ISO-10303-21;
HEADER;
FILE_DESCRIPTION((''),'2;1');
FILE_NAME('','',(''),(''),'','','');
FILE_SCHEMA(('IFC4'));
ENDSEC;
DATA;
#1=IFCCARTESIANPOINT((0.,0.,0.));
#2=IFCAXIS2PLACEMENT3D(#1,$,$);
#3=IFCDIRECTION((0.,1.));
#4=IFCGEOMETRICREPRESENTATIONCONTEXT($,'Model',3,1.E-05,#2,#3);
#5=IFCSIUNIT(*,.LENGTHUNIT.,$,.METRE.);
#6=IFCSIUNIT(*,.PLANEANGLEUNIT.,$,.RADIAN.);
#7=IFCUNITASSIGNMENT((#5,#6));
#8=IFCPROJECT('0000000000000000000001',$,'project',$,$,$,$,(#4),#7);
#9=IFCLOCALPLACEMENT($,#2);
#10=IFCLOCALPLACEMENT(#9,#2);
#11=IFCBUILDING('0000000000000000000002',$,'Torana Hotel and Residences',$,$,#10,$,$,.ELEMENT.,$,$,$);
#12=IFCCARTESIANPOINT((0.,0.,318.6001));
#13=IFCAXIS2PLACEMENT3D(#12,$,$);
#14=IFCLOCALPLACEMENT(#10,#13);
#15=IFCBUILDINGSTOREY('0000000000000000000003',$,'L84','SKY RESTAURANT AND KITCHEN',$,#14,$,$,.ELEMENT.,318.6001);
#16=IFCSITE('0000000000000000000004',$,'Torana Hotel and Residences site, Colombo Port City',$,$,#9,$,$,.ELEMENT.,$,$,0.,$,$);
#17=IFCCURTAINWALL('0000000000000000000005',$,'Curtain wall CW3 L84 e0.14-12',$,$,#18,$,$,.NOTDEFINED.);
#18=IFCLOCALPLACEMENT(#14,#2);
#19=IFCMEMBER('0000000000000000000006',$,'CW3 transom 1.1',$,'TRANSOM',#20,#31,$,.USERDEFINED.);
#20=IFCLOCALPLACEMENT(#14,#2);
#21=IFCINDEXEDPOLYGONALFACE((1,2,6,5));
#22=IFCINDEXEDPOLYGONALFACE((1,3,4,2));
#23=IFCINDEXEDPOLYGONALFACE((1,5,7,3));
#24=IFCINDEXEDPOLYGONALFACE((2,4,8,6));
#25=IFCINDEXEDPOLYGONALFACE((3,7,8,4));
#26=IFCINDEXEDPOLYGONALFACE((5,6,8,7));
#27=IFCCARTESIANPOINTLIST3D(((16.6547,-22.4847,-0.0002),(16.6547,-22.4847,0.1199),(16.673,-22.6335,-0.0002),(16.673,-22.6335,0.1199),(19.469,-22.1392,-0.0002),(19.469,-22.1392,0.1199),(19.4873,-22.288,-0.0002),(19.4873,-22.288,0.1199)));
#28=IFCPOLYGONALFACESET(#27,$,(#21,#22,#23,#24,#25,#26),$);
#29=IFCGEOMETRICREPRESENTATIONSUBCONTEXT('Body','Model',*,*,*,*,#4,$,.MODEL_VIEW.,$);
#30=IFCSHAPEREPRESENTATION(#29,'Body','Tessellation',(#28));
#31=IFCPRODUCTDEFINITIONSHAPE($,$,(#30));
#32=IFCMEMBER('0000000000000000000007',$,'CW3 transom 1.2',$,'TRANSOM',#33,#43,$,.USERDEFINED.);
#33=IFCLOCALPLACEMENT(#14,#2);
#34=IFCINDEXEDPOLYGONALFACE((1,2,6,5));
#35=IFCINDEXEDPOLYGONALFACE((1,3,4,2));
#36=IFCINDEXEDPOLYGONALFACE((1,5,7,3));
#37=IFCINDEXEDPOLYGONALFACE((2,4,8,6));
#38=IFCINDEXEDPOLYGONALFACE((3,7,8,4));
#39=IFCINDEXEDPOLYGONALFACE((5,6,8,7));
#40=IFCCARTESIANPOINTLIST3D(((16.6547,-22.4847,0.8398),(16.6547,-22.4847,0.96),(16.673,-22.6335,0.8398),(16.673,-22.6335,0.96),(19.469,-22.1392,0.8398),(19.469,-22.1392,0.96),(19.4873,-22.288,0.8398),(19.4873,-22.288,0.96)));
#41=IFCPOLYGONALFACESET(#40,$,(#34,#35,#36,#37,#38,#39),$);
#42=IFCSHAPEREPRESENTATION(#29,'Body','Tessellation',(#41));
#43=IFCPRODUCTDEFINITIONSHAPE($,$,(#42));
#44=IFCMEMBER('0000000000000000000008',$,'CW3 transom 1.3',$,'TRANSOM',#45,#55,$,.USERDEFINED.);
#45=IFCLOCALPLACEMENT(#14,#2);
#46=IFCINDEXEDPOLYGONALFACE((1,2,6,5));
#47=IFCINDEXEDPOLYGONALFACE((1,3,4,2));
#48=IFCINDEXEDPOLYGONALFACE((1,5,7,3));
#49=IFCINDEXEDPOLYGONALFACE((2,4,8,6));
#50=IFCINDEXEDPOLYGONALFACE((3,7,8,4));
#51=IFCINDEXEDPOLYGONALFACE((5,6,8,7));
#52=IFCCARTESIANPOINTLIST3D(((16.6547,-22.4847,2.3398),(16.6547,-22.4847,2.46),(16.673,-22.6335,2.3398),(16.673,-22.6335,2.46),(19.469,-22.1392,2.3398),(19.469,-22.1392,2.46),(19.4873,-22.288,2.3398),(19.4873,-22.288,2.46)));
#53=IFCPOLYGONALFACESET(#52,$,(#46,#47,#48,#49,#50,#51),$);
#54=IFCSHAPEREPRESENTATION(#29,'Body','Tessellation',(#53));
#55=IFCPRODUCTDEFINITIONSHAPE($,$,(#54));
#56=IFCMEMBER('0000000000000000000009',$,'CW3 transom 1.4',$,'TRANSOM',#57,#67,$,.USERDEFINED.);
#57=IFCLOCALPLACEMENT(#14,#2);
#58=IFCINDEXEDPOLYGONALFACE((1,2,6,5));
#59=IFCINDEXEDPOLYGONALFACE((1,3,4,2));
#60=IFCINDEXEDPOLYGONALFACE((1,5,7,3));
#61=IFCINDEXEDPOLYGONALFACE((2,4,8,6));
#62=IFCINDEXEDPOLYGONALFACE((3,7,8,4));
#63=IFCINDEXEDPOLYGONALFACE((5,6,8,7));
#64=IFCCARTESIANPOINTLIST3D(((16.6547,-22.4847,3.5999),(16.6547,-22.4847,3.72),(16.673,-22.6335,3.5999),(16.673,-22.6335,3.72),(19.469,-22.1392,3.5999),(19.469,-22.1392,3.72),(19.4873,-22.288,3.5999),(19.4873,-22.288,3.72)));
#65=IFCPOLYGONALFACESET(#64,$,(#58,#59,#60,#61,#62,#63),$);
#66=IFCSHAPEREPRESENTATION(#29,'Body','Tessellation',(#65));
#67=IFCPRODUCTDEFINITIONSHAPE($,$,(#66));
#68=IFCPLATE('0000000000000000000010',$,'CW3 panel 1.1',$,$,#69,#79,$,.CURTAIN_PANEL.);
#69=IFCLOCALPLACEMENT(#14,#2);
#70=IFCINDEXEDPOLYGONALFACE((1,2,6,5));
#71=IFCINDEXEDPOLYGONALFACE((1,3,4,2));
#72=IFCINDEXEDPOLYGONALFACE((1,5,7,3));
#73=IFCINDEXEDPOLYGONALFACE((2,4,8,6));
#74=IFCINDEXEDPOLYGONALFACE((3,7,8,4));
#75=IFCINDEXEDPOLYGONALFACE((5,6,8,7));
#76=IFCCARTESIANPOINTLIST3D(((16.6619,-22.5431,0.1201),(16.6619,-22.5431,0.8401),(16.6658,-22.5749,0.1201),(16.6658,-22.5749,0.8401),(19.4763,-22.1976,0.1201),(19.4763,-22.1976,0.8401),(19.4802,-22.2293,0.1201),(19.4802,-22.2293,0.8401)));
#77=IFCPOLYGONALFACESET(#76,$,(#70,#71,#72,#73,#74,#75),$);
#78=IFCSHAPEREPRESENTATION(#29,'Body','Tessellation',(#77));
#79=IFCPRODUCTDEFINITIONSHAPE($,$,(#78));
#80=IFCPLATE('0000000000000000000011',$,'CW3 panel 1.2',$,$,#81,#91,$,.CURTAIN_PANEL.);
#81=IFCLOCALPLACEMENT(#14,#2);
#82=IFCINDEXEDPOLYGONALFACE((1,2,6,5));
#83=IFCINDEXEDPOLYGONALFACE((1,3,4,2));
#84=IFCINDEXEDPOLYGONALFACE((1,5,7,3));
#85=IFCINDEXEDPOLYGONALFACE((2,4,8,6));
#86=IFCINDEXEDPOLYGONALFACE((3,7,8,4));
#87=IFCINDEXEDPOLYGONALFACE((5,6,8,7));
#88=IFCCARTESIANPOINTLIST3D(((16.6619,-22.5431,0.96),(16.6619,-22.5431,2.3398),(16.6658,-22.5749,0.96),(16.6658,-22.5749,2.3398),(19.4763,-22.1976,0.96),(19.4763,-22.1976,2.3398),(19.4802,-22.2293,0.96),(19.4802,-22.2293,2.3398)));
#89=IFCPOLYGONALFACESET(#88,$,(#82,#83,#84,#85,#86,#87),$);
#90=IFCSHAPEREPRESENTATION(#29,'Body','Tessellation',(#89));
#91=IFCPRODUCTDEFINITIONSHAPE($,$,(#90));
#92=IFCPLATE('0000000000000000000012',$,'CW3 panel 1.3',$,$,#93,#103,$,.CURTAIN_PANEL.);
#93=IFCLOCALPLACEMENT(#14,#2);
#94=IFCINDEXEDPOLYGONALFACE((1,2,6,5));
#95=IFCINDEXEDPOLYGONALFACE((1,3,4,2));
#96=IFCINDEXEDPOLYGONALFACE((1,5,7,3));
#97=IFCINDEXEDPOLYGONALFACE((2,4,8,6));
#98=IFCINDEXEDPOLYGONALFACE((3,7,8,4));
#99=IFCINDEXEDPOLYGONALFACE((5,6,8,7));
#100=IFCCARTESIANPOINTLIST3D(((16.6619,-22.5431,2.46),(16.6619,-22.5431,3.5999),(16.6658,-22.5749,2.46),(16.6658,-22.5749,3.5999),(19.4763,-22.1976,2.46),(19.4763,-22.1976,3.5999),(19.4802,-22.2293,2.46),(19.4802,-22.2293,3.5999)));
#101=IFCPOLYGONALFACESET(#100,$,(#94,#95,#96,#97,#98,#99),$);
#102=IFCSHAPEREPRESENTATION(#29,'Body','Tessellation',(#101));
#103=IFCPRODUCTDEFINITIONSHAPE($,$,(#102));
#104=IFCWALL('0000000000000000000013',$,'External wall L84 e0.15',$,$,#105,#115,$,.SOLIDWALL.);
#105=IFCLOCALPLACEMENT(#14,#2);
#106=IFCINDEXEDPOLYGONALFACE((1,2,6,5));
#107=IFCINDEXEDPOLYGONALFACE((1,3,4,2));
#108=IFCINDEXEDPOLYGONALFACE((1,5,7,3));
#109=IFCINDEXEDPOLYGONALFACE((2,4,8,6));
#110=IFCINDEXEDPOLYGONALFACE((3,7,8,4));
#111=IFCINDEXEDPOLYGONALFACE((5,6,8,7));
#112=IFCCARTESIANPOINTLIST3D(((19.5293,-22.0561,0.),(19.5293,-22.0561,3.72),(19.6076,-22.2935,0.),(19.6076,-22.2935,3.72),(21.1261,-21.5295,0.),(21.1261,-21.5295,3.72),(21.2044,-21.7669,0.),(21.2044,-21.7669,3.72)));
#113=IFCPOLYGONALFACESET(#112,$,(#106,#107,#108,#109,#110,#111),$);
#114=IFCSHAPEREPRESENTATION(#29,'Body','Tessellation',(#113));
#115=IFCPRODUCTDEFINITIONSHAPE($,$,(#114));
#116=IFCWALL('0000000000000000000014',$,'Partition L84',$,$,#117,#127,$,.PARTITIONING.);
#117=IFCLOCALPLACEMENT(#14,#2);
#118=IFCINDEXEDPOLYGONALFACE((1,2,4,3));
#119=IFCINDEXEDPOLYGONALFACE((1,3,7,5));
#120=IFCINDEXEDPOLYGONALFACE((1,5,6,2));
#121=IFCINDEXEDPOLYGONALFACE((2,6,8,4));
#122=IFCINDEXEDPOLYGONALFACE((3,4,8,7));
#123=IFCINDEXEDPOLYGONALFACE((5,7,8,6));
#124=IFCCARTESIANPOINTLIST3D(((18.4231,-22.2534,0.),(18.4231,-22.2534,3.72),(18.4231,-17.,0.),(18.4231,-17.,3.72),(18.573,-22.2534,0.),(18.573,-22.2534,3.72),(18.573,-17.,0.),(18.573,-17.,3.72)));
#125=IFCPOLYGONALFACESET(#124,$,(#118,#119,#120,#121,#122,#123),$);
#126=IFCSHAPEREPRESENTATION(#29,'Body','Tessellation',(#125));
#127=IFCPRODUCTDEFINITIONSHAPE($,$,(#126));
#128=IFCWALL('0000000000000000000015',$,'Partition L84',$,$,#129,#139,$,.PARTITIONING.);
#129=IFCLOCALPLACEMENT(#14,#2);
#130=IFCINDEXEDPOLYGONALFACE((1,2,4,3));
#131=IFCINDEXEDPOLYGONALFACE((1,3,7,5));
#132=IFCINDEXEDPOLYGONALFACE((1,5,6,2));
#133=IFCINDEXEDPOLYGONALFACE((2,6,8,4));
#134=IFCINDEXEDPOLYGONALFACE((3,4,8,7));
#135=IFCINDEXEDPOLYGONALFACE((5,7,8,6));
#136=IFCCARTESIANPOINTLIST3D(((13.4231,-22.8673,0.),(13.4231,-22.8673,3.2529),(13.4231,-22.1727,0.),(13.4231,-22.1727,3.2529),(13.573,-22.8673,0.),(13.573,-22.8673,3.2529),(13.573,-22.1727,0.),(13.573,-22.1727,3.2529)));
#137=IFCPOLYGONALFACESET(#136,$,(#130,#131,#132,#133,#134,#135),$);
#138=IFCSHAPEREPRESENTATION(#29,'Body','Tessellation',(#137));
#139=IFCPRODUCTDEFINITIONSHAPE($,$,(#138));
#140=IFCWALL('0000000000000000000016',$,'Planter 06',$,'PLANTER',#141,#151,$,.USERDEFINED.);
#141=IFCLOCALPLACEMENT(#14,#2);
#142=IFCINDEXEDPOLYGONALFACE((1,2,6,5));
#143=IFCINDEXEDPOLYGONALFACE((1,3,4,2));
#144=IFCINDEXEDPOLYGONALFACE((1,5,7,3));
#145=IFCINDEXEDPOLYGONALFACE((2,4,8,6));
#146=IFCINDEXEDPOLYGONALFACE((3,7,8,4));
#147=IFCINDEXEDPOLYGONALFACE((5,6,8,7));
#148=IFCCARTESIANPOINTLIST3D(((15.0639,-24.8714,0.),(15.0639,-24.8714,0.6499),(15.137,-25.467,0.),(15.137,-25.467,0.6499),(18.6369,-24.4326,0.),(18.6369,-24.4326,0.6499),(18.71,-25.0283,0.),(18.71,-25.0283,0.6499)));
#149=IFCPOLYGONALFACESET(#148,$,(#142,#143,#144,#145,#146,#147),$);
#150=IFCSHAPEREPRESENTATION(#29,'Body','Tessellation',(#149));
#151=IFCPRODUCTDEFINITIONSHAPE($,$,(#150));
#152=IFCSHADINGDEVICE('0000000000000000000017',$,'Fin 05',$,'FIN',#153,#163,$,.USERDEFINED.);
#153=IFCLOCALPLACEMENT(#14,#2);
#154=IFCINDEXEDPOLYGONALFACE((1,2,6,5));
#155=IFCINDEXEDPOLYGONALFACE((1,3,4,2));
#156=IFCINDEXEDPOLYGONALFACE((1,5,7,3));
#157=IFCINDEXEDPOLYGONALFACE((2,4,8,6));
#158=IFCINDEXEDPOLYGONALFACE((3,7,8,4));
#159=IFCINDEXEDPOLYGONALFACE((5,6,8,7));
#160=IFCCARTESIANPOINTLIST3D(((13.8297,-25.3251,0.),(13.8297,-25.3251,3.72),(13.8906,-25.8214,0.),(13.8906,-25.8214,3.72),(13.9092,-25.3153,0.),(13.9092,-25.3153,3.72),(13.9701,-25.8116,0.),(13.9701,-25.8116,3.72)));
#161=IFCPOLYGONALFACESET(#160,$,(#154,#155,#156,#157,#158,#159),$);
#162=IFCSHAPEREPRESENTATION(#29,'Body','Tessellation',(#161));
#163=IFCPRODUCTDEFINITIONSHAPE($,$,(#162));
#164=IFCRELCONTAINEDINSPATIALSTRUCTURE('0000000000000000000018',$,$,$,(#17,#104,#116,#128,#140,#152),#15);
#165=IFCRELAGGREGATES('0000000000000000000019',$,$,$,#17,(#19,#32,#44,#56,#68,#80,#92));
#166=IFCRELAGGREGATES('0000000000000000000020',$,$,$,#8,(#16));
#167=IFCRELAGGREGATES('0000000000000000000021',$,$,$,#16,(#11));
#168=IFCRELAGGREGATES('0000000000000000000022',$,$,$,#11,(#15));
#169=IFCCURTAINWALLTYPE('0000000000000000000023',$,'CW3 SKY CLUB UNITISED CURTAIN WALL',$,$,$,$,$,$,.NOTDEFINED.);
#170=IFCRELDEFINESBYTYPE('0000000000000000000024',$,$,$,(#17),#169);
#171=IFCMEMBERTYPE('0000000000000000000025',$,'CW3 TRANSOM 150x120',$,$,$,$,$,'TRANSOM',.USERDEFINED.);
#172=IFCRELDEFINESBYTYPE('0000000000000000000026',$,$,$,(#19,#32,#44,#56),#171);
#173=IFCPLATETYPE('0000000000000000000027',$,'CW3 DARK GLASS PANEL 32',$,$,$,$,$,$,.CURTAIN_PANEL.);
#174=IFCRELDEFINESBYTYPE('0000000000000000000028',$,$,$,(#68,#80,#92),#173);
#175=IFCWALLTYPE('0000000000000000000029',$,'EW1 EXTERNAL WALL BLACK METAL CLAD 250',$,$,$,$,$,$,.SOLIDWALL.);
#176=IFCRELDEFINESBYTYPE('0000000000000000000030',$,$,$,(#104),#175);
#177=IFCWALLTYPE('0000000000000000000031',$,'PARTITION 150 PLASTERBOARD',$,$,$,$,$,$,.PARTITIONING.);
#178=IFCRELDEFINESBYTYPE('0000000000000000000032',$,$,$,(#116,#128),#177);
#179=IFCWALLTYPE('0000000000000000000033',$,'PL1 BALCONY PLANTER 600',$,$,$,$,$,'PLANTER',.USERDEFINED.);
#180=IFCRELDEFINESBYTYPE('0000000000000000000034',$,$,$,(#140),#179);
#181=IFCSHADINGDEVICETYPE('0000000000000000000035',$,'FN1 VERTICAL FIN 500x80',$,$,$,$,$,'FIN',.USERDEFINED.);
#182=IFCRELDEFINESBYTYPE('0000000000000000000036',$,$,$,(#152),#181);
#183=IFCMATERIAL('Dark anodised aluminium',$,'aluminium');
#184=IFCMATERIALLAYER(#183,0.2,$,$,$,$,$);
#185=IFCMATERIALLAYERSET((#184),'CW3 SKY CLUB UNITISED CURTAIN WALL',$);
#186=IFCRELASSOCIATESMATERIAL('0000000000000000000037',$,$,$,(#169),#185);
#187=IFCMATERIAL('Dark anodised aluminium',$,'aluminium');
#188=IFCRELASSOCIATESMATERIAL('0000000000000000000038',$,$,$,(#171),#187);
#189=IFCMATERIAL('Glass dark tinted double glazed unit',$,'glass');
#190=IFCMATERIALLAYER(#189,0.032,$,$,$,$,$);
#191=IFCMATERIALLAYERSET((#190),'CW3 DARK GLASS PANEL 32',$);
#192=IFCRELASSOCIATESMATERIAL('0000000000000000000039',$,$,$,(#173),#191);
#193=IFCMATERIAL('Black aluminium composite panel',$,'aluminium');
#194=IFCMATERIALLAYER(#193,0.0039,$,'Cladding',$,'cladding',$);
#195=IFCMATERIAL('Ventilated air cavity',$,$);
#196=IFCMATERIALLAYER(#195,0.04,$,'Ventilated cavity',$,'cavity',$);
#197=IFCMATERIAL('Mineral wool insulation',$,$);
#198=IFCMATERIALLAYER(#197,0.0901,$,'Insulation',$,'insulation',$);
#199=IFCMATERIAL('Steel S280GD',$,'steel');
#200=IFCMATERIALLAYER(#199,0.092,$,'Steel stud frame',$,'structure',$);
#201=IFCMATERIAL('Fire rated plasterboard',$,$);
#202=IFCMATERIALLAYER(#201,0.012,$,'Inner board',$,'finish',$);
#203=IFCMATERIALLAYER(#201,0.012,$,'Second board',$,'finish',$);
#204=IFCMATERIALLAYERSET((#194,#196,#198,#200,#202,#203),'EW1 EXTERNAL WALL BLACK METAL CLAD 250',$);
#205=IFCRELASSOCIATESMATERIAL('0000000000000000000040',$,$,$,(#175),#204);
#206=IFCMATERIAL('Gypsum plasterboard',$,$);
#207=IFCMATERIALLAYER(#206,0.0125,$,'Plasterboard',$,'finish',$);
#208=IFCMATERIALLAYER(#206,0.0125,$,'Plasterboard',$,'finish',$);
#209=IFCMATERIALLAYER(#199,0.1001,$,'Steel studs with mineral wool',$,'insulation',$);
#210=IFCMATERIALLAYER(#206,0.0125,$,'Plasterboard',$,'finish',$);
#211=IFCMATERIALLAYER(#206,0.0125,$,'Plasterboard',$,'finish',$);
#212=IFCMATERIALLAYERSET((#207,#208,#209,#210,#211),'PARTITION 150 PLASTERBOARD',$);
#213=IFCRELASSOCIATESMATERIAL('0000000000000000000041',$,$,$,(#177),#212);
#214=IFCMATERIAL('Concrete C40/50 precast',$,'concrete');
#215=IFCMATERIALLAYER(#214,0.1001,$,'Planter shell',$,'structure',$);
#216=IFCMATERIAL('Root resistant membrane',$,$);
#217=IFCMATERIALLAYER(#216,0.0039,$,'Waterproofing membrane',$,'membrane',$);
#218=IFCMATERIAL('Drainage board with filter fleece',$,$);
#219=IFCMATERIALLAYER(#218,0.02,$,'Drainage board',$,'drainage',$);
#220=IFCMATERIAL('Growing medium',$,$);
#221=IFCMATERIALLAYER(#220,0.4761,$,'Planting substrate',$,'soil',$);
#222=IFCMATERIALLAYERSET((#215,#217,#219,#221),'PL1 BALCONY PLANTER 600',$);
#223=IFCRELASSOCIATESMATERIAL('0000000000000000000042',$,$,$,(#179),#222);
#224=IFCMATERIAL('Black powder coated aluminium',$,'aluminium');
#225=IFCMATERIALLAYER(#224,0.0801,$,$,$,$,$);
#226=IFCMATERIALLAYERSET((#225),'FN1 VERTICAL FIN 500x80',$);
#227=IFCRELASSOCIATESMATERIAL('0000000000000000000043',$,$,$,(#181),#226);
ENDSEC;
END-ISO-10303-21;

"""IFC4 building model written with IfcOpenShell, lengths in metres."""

from ifc_helpers import new_model, si_unit, direction, frame, frame_2d, origin, origin_2d, place, context, subcontext, project, spatial, rectangle, extrude, material, layer, layer_set, material_profile, profile_set, type_object, element, aggregate, save


model = new_model("IFC4")

# Units and contexts
model_context = context("Model", 3, precision=1e-05, world=origin(), true_north=direction((0.0, 1.0)))
body_context = subcontext(model_context, "Body", "Model", "MODEL_VIEW")
ifc_project = project(units=[si_unit("LENGTHUNIT", "METRE"), si_unit("PLANEANGLEUNIT", "RADIAN")], contexts=[model_context])

# Site, building, storey
site_placement = place(None, origin())
site = spatial("IfcSite", under=ifc_project, at=site_placement, Name="Torana Hotel and Residences site, Colombo Port City", CompositionType="ELEMENT", RefElevation=0.0)
building_placement = place(site_placement, origin())
building = spatial("IfcBuilding", under=site, at=building_placement, Name="Torana Hotel and Residences", CompositionType="ELEMENT")
storey_placement = place(building_placement, frame((0.0, 0.0, 318.6001)))
storey = spatial("IfcBuildingStorey", under=building, at=storey_placement, Name="L84", Description="SKY RESTAURANT AND KITCHEN", CompositionType="ELEMENT", Elevation=318.6001)

# Shared definitions
ifc_material_1 = material(Name="Dark anodised aluminium", Category="aluminium")
ifc_layer_1 = layer(ifc_material_1, 0.2)
ifc_layer_set_1 = layer_set([ifc_layer_1], Name="CW3 SKY CLUB UNITISED CURTAIN WALL")
curtain_wall_type = type_object("IfcCurtainWallType", Name="CW3 SKY CLUB UNITISED CURTAIN WALL", PredefinedType="NOTDEFINED", material=ifc_layer_set_1)

# Curtain wall, members, plates
curtain_wall_1_placement = place(storey_placement, origin())
curtain_wall_1 = element("IfcCurtainWall", 1, at=curtain_wall_1_placement, inside=storey, type_object=curtain_wall_type, Name="Curtain wall CW3 L84 e0.14-12", PredefinedType="NOTDEFINED")
ifc_material_2 = material(Name="Dark anodised aluminium", Category="aluminium")
ifc_material_profile_1 = material_profile(ifc_material_2, rectangle(XDim=0.1499, YDim=0.1201, at=origin_2d()), Name="CW3 TRANSOM 150x120")
ifc_profile_set_1 = profile_set([ifc_material_profile_1], Name="Dark anodised aluminium")
member_type_1 = type_object("IfcMemberType", Name="CW3 TRANSOM 150x120", ElementType="TRANSOM", PredefinedType="USERDEFINED", material=ifc_profile_set_1)
member_1_placement = place(storey_placement, frame((16.6638, -22.5591, 0.0598), z_axis=(0.99255, 0.121841, 0.0), x_axis=(-0.121841, 0.99255, 0.0)))
member_1 = element("IfcMember", 2, at=member_1_placement, type_object=member_type_1, Name="CW3 transom 1.1", ObjectType="TRANSOM", PredefinedType="USERDEFINED", context=body_context, shape_type="SweptSolid", body=[
    extrude(rectangle(XDim=0.1499, YDim=0.1201, at=origin_2d()), origin(), (0.0, 0.0, 1.0), 2.8354),
])
member_2_placement = place(storey_placement, frame((16.6638, -22.5591, 0.8999), z_axis=(0.99255, 0.121841, 0.0), x_axis=(-0.121841, 0.99255, 0.0)))
member_2 = element("IfcMember", 3, at=member_2_placement, type_object=member_type_1, Name="CW3 transom 1.2", ObjectType="TRANSOM", PredefinedType="USERDEFINED", context=body_context, shape_type="SweptSolid", body=[
    extrude(rectangle(XDim=0.1499, YDim=0.1201, at=origin_2d()), origin(), (0.0, 0.0, 1.0), 2.8354),
])
member_3_placement = place(storey_placement, frame((16.6638, -22.5591, 2.3999), z_axis=(0.99255, 0.121841, 0.0), x_axis=(-0.121841, 0.99255, 0.0)))
member_3 = element("IfcMember", 4, at=member_3_placement, type_object=member_type_1, Name="CW3 transom 1.3", ObjectType="TRANSOM", PredefinedType="USERDEFINED", context=body_context, shape_type="SweptSolid", body=[
    extrude(rectangle(XDim=0.1499, YDim=0.1201, at=origin_2d()), origin(), (0.0, 0.0, 1.0), 2.8354),
])
member_4_placement = place(storey_placement, frame((16.6638, -22.5591, 3.6599), z_axis=(0.99255, 0.121841, 0.0), x_axis=(-0.121841, 0.99255, 0.0)))
member_4 = element("IfcMember", 5, at=member_4_placement, type_object=member_type_1, Name="CW3 transom 1.4", ObjectType="TRANSOM", PredefinedType="USERDEFINED", context=body_context, shape_type="SweptSolid", body=[
    extrude(rectangle(XDim=0.1499, YDim=0.1201, at=origin_2d()), origin(), (0.0, 0.0, 1.0), 2.8354),
])
ifc_material_3 = material(Name="Glass dark tinted double glazed unit", Category="glass")
ifc_layer_2 = layer(ifc_material_3, 0.032)
ifc_layer_set_2 = layer_set([ifc_layer_2], Name="CW3 DARK GLASS PANEL 32")
plate_type = type_object("IfcPlateType", Name="CW3 DARK GLASS PANEL 32", PredefinedType="CURTAIN_PANEL", material=ifc_layer_set_2)
plate_1_placement = place(storey_placement, frame((18.071, -22.3862, 0.1201), z_axis=(0.0, 0.0, 1.0), x_axis=(0.992547, 0.121863, 0.0)))
plate_1 = element("IfcPlate", 6, at=plate_1_placement, type_object=plate_type, Name="CW3 panel 1.1", PredefinedType="CURTAIN_PANEL", context=body_context, shape_type="SweptSolid", body=[
    extrude(rectangle(XDim=2.8354, YDim=0.032, at=origin_2d()), origin(), (0.0, 0.0, 1.0), 0.72),
])
plate_2_placement = place(storey_placement, frame((18.071, -22.3862, 0.96), z_axis=(0.0, 0.0, 1.0), x_axis=(0.992547, 0.121863, 0.0)))
plate_2 = element("IfcPlate", 7, at=plate_2_placement, type_object=plate_type, Name="CW3 panel 1.2", PredefinedType="CURTAIN_PANEL", context=body_context, shape_type="SweptSolid", body=[
    extrude(rectangle(XDim=2.8354, YDim=0.032, at=origin_2d()), origin(), (0.0, 0.0, 1.0), 1.3799),
])
plate_3_placement = place(storey_placement, frame((18.071, -22.3862, 2.46), z_axis=(0.0, 0.0, 1.0), x_axis=(0.992547, 0.121863, 0.0)))
plate_3 = element("IfcPlate", 8, at=plate_3_placement, type_object=plate_type, Name="CW3 panel 1.3", PredefinedType="CURTAIN_PANEL", context=body_context, shape_type="SweptSolid", body=[
    extrude(rectangle(XDim=2.8354, YDim=0.032, at=origin_2d()), origin(), (0.0, 0.0, 1.0), 1.1399),
])
aggregate(curtain_wall_1, [member_1, member_2, member_3, member_4, plate_1, plate_2, plate_3])

# Wall
ifc_material_4 = material(Name="Black aluminium composite panel", Category="aluminium")
ifc_layer_3 = layer(ifc_material_4, 0.0039, Name="Cladding", Category="cladding")
ifc_material_5 = material(Name="Ventilated air cavity")
ifc_layer_4 = layer(ifc_material_5, 0.04, Name="Ventilated cavity", Category="cavity")
ifc_material_6 = material(Name="Mineral wool insulation")
ifc_layer_5 = layer(ifc_material_6, 0.0901, Name="Insulation", Category="insulation")
ifc_material_7 = material(Name="Steel S280GD", Category="steel")
ifc_layer_6 = layer(ifc_material_7, 0.092, Name="Steel stud frame", Category="structure")
ifc_material_8 = material(Name="Fire rated plasterboard")
ifc_layer_7 = layer(ifc_material_8, 0.012, Name="Inner board", Category="finish")
ifc_layer_8 = layer(ifc_material_8, 0.012, Name="Second board", Category="finish")
ifc_layer_set_3 = layer_set([ifc_layer_3, ifc_layer_4, ifc_layer_5, ifc_layer_6, ifc_layer_7, ifc_layer_8], Name="EW1 EXTERNAL WALL BLACK METAL CLAD 250")
wall_type_1 = type_object("IfcWallType", Name="EW1 EXTERNAL WALL BLACK METAL CLAD 250", PredefinedType="SOLIDWALL", material=ifc_layer_set_3)
wall_1_placement = place(storey_placement, frame((19.5684, -22.1748, 0.0), z_axis=(0.0, 0.0, 1.0), x_axis=(0.949695, 0.313177, 0.0)))
element("IfcWall", 9, at=wall_1_placement, inside=storey, type_object=wall_type_1, Name="External wall L84 e0.15", PredefinedType="SOLIDWALL", context=body_context, shape_type="SweptSolid", body=[
    extrude(rectangle(XDim=1.6814, YDim=0.25, at=frame_2d((0.8408, 0.0))), origin(), (0.0, 0.0, 1.0), 3.72),
])

# Walls
ifc_material_9 = material(Name="Gypsum plasterboard")
ifc_layer_9 = layer(ifc_material_9, 0.0125, Name="Plasterboard", Category="finish")
ifc_layer_10 = layer(ifc_material_9, 0.0125, Name="Plasterboard", Category="finish")
ifc_layer_11 = layer(ifc_material_7, 0.1001, Name="Steel studs with mineral wool", Category="insulation")
ifc_layer_12 = layer(ifc_material_9, 0.0125, Name="Plasterboard", Category="finish")
ifc_layer_13 = layer(ifc_material_9, 0.0125, Name="Plasterboard", Category="finish")
ifc_layer_set_4 = layer_set([ifc_layer_9, ifc_layer_10, ifc_layer_11, ifc_layer_12, ifc_layer_13], Name="PARTITION 150 PLASTERBOARD")
wall_type_2 = type_object("IfcWallType", Name="PARTITION 150 PLASTERBOARD", PredefinedType="PARTITIONING", material=ifc_layer_set_4)
wall_2_placement = place(storey_placement, frame((18.498, -22.2534, 0.0), z_axis=(0.0, 0.0, 1.0), x_axis=(0.0, 1.0, 0.0)))
element("IfcWall", 10, at=wall_2_placement, inside=storey, type_object=wall_type_2, Name="Partition L84", PredefinedType="PARTITIONING", context=body_context, shape_type="SweptSolid", body=[
    extrude(rectangle(XDim=5.2534, YDim=0.1499, at=frame_2d((2.6267, 0.0))), origin(), (0.0, 0.0, 1.0), 3.72),
])
wall_3_placement = place(storey_placement, frame((13.498, -22.8672, 0.0), z_axis=(0.0, 0.0, 1.0), x_axis=(0.0, 1.0, 0.0)))
element("IfcWall", 11, at=wall_3_placement, inside=storey, type_object=wall_type_2, Name="Partition L84", PredefinedType="PARTITIONING", context=body_context, shape_type="SweptSolid", body=[
    extrude(rectangle(XDim=0.6946, YDim=0.1499, at=frame_2d((0.3472, 0.0))), origin(), (0.0, 0.0, 1.0), 3.2529),
])
ifc_material_10 = material(Name="Concrete C40/50 precast", Category="concrete")
ifc_layer_14 = layer(ifc_material_10, 0.1001, Name="Planter shell", Category="structure")
ifc_material_11 = material(Name="Root resistant membrane")
ifc_layer_15 = layer(ifc_material_11, 0.0039, Name="Waterproofing membrane", Category="membrane")
ifc_material_12 = material(Name="Drainage board with filter fleece")
ifc_layer_16 = layer(ifc_material_12, 0.02, Name="Drainage board", Category="drainage")
ifc_material_13 = material(Name="Growing medium")
ifc_layer_17 = layer(ifc_material_13, 0.4761, Name="Planting substrate", Category="soil")
ifc_layer_set_5 = layer_set([ifc_layer_14, ifc_layer_15, ifc_layer_16, ifc_layer_17], Name="PL1 BALCONY PLANTER 600")
wall_type_3 = type_object("IfcWallType", Name="PL1 BALCONY PLANTER 600", ElementType="PLANTER", PredefinedType="USERDEFINED", material=ifc_layer_set_5)
wall_4_placement = place(storey_placement, frame((18.6733, -24.7305, 0.0), z_axis=(0.0, 0.0, 1.0), x_axis=(-0.992546, -0.121873, 0.0)))
element("IfcWall", 12, at=wall_4_placement, inside=storey, type_object=wall_type_3, Name="Planter 06", ObjectType="PLANTER", PredefinedType="USERDEFINED", context=body_context, shape_type="SweptSolid", body=[
    extrude(rectangle(XDim=3.5999, YDim=0.6001, at=frame_2d((1.7998, 0.0))), origin(), (0.0, 0.0, 1.0), 0.6499),
])

# Shading device
ifc_material_14 = material(Name="Black powder coated aluminium", Category="aluminium")
ifc_layer_18 = layer(ifc_material_14, 0.0801)
ifc_layer_set_6 = layer_set([ifc_layer_18], Name="FN1 VERTICAL FIN 500x80")
shading_device_type = type_object("IfcShadingDeviceType", Name="FN1 VERTICAL FIN 500x80", ElementType="FIN", PredefinedType="USERDEFINED", material=ifc_layer_set_6)
shading_device_placement = place(storey_placement, frame((13.8999, -25.5684, 0.0), z_axis=(0.0, 0.0, 1.0), x_axis=(-0.992547, -0.121866, 0.0)))
element("IfcShadingDevice", 13, at=shading_device_placement, inside=storey, type_object=shading_device_type, Name="Fin 05", ObjectType="FIN", PredefinedType="USERDEFINED", context=body_context, shape_type="SweptSolid", body=[
    extrude(rectangle(XDim=0.0801, YDim=0.5, at=origin_2d()), origin(), (0.0, 0.0, 1.0), 3.72),
])

save(model, "model.ifc")
